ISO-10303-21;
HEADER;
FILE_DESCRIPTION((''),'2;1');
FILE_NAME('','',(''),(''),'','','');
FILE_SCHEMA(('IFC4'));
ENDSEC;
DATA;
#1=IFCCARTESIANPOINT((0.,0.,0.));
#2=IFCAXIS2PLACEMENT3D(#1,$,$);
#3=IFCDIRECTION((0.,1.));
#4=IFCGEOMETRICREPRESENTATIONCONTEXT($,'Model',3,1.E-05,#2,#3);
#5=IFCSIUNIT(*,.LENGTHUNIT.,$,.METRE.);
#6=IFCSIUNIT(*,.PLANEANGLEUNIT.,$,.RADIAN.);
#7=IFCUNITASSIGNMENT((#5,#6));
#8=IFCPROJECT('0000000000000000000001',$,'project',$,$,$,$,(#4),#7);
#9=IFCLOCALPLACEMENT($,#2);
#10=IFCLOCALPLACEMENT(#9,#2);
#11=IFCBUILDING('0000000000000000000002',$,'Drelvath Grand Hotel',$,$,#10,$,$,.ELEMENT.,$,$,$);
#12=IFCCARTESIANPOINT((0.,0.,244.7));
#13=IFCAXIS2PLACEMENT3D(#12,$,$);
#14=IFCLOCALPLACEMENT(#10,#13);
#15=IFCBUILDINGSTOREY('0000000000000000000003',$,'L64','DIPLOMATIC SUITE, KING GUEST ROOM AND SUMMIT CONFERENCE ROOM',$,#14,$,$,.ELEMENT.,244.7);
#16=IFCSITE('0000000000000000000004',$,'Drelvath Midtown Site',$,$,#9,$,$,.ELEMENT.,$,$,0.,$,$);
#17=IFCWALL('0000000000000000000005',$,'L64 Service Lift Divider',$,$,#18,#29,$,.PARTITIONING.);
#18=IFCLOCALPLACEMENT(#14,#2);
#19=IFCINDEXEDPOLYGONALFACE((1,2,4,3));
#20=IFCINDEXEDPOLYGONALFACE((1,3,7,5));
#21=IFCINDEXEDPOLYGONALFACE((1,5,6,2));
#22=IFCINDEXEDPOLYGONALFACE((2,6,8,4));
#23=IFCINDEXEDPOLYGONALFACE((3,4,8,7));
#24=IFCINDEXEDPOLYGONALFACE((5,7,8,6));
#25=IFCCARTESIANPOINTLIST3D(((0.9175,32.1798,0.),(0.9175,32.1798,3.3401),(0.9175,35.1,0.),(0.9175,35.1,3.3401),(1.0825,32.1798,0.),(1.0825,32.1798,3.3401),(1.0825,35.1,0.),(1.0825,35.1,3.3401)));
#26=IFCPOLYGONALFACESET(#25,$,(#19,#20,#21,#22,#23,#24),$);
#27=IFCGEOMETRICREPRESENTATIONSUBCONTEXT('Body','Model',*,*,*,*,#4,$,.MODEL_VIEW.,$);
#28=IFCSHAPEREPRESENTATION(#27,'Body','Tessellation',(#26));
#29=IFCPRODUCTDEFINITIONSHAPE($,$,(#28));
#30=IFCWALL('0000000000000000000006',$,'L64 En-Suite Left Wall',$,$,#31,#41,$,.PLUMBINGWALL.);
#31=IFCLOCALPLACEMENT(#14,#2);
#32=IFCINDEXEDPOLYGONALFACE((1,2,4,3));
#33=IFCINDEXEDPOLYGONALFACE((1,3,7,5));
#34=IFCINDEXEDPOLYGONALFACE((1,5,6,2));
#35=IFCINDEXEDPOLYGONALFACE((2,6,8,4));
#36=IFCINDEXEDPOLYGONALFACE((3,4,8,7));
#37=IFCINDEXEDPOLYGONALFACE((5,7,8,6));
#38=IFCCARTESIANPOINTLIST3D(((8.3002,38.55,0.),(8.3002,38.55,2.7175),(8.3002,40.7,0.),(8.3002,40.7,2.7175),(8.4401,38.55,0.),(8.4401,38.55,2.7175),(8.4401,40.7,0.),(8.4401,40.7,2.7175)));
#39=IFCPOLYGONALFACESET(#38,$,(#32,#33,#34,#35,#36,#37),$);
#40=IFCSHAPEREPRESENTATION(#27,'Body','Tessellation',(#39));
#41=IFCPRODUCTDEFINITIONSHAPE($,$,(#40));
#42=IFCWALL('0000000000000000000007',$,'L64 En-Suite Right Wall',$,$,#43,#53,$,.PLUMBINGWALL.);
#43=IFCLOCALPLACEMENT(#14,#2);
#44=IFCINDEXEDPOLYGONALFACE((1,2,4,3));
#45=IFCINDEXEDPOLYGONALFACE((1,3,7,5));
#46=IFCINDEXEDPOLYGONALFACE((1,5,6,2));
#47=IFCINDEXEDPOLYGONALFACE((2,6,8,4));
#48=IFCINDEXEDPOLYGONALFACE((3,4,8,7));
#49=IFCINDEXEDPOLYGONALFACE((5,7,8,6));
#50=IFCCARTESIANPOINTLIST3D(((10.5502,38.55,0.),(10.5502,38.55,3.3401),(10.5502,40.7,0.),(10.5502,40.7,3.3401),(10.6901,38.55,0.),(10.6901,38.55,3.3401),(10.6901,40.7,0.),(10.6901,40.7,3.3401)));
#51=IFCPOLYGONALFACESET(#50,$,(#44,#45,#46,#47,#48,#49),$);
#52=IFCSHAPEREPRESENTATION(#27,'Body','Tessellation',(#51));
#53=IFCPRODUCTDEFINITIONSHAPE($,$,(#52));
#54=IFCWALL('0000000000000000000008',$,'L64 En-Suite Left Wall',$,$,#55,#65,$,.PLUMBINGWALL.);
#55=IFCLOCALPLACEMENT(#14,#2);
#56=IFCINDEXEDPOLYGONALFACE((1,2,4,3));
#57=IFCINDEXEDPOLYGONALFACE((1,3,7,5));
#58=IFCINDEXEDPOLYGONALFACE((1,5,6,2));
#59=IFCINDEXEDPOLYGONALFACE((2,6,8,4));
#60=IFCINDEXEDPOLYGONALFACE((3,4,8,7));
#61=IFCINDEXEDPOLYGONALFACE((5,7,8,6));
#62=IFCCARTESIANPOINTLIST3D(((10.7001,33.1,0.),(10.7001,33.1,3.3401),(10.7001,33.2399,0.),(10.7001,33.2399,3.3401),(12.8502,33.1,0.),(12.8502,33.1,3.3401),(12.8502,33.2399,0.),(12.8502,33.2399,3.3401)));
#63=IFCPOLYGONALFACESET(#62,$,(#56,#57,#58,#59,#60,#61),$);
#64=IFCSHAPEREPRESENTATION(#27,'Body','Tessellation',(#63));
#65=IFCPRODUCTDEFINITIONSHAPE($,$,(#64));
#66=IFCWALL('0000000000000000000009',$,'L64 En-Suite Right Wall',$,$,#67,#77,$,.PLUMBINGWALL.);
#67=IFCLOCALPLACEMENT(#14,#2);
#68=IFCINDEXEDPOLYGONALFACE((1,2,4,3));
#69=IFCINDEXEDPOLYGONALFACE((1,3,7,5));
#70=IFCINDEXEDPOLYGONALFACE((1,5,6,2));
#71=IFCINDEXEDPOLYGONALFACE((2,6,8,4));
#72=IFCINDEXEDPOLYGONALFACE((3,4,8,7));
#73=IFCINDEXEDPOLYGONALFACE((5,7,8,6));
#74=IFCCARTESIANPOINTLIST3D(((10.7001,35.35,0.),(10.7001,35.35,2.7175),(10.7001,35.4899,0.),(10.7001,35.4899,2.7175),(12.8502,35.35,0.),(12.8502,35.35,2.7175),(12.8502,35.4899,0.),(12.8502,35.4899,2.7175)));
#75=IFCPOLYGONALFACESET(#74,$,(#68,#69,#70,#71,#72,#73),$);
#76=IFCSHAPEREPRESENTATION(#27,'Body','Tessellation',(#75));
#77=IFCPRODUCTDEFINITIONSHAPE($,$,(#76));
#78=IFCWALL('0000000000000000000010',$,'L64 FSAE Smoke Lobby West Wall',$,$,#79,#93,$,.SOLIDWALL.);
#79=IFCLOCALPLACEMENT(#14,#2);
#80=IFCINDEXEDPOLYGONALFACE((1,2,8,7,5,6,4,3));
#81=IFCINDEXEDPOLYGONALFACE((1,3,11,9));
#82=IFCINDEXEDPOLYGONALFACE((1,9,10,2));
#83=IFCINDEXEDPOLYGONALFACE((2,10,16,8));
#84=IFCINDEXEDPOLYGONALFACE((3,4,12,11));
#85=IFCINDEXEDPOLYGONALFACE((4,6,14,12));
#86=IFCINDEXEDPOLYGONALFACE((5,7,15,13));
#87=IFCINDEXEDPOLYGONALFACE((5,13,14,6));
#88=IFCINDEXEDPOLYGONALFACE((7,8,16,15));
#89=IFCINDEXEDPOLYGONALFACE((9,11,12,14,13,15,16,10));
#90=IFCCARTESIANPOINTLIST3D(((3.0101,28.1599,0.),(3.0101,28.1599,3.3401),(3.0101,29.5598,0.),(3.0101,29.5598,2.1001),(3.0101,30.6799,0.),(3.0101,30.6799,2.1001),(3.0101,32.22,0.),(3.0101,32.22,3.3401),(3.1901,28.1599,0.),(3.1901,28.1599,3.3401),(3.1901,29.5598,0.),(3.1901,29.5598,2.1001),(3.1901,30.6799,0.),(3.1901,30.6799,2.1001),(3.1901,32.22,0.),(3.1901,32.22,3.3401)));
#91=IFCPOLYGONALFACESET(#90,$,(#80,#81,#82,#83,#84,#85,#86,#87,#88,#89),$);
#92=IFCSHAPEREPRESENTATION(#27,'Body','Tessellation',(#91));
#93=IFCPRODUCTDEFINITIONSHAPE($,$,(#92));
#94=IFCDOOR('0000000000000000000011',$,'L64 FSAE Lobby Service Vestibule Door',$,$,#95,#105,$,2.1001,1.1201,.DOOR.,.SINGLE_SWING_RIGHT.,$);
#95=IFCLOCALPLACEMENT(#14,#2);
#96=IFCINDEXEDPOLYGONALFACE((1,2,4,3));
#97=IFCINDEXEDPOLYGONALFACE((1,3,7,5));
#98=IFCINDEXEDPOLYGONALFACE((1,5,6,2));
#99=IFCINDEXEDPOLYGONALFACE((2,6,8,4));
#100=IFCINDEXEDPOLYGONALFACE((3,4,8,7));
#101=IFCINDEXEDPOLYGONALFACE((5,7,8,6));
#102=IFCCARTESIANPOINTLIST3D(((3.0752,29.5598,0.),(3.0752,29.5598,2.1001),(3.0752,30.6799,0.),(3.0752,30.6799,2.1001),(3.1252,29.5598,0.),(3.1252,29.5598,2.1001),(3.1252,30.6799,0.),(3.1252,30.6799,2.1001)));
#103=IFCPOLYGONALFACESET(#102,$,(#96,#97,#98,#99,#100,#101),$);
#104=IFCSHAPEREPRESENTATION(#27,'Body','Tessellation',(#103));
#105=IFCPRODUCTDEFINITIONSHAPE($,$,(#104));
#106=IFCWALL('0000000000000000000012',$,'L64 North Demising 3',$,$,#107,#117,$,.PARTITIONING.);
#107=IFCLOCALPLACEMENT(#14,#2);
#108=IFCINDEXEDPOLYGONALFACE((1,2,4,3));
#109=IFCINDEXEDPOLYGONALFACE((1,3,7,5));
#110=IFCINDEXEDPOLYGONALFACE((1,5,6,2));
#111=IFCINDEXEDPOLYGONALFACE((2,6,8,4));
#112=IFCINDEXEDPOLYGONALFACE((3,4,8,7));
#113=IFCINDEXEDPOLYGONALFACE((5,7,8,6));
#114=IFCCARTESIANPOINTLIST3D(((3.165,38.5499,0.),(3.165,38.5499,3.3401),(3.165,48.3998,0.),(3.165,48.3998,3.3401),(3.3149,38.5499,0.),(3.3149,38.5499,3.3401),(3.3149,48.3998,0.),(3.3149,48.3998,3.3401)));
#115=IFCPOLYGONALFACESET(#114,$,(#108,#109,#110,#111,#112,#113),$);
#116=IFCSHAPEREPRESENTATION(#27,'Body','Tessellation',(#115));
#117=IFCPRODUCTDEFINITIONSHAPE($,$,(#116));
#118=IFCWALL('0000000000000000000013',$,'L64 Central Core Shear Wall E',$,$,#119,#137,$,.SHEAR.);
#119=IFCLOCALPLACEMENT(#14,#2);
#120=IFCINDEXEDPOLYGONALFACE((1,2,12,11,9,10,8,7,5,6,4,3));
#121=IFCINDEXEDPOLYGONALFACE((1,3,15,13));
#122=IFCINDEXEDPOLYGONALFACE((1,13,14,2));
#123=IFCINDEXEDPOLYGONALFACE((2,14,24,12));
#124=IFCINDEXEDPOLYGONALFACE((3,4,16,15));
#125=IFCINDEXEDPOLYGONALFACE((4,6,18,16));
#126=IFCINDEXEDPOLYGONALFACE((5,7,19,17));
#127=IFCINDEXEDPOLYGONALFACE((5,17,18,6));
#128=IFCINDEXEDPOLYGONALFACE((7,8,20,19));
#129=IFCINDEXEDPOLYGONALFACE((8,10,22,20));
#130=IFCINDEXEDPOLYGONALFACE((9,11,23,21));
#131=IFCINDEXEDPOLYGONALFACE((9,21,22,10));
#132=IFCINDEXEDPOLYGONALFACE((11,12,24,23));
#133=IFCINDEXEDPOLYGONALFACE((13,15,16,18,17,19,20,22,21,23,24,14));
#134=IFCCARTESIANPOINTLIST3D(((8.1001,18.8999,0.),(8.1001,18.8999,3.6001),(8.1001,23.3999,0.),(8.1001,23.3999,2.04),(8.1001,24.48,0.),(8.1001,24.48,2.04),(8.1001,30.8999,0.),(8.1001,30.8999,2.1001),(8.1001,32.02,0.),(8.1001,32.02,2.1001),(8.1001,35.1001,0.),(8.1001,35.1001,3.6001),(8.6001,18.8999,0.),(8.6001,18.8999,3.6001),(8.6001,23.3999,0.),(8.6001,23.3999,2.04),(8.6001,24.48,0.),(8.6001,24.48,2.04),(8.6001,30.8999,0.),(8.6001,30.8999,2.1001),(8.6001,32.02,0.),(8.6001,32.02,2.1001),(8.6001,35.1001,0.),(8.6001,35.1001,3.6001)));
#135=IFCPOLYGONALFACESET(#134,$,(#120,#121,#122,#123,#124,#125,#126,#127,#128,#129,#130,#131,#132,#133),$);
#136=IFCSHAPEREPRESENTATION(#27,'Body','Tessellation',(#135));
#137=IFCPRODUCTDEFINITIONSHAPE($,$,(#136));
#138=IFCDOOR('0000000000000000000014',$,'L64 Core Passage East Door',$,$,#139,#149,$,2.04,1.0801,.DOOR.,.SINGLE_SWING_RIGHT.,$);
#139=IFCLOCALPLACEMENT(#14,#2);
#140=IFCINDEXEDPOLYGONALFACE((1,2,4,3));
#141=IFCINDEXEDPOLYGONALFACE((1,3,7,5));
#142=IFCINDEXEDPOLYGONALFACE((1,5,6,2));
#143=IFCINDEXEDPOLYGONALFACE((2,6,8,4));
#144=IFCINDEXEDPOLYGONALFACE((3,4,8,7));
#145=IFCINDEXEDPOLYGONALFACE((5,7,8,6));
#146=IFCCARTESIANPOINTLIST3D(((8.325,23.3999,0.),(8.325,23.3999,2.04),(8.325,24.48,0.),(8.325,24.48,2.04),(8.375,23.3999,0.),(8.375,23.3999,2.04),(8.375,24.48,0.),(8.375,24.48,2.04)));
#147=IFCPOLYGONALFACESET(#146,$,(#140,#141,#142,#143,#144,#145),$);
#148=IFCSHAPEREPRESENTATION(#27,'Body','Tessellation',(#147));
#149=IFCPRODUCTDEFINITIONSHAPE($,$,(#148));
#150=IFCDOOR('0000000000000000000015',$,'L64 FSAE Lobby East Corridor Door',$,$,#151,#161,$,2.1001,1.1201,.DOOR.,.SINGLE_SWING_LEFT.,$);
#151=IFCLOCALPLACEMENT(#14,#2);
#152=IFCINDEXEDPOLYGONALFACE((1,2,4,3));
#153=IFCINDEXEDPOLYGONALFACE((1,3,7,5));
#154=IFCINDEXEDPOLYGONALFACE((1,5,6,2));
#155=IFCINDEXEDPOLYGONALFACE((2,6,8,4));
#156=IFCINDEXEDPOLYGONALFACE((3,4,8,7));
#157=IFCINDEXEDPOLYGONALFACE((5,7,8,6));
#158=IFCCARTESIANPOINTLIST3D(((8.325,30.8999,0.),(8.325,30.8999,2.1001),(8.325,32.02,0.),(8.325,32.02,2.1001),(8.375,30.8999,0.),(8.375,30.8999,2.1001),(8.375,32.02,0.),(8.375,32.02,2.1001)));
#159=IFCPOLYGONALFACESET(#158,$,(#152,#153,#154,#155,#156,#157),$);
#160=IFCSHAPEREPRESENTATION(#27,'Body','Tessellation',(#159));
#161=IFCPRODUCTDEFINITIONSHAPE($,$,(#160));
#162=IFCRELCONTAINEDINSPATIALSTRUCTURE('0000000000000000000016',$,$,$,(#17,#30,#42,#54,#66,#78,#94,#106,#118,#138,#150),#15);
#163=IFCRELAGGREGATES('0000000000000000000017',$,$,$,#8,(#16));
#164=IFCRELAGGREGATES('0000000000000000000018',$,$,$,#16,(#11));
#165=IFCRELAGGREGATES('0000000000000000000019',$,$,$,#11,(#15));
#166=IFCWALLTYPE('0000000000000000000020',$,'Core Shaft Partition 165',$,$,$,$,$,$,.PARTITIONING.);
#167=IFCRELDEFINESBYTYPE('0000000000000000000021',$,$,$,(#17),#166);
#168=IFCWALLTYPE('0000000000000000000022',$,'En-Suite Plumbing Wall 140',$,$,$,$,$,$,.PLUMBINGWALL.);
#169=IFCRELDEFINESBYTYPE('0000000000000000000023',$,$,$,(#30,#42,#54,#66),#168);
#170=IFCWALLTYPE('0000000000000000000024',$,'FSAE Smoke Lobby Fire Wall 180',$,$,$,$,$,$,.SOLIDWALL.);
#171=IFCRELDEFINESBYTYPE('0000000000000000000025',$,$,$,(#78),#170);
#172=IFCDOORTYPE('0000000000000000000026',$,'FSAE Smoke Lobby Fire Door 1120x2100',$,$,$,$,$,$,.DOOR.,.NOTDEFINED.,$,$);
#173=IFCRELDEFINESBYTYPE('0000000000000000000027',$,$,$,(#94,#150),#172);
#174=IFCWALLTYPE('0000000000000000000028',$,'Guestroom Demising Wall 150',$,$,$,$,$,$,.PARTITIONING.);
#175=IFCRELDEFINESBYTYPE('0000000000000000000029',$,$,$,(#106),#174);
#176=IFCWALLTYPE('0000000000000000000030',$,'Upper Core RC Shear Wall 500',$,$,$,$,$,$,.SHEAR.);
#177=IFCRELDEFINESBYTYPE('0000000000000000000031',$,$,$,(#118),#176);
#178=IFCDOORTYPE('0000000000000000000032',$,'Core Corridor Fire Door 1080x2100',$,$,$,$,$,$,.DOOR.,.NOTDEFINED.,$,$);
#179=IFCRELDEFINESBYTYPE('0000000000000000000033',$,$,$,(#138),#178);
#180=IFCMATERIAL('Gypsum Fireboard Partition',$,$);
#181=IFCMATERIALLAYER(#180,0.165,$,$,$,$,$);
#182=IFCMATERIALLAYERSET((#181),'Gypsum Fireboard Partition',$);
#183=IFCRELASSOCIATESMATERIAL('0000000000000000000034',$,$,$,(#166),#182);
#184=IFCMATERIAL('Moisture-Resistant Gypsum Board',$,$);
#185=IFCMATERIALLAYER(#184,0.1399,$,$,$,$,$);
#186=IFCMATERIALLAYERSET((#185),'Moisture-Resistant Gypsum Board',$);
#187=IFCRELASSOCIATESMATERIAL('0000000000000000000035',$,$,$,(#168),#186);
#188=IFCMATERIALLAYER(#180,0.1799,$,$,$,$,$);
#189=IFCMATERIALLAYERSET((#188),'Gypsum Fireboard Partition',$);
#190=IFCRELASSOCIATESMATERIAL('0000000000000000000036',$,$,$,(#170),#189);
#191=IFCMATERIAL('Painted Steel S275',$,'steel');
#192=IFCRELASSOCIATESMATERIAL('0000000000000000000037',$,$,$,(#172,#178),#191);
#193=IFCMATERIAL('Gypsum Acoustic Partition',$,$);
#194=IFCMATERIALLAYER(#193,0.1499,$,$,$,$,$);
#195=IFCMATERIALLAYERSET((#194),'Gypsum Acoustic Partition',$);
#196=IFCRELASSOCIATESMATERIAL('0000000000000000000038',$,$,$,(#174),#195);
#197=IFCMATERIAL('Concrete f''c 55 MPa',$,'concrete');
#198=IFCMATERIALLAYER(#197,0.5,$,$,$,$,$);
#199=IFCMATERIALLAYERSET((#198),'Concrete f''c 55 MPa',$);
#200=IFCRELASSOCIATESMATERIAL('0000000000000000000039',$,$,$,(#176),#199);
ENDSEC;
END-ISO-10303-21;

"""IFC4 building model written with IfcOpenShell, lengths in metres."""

from ifc_helpers import new_model, si_unit, direction, frame, frame_2d, origin, place, context, subcontext, project, spatial, rectangle, extrude, material, layer, layer_set, type_object, element, fill, save


model = new_model("IFC4")

# Units and contexts
model_context = context("Model", 3, precision=1e-05, world=origin(), true_north=direction((0.0, 1.0)))
body_context = subcontext(model_context, "Body", "Model", "MODEL_VIEW")
ifc_project = project(units=[si_unit("LENGTHUNIT", "METRE"), si_unit("PLANEANGLEUNIT", "RADIAN")], contexts=[model_context])

# Site, building, storey
site_placement = place(None, origin())
site = spatial("IfcSite", under=ifc_project, at=site_placement, Name="Drelvath Midtown Site", CompositionType="ELEMENT", RefElevation=0.0)
building_placement = place(site_placement, origin())
building = spatial("IfcBuilding", under=site, at=building_placement, Name="Drelvath Grand Hotel", CompositionType="ELEMENT")
storey_placement = place(building_placement, frame((0.0, 0.0, 244.7)))
storey = spatial("IfcBuildingStorey", under=building, at=storey_placement, Name="L64", Description="DIPLOMATIC SUITE, KING GUEST ROOM AND SUMMIT CONFERENCE ROOM", CompositionType="ELEMENT", Elevation=244.7)

# Shared definitions
ifc_material_1 = material(Name="Concrete f'c 55 MPa", Category="concrete")

# Shared definitions
ifc_material_2 = material(Name="Painted Steel S275", Category="steel")

# Walls
ifc_material_3 = material(Name="Gypsum Fireboard Partition")
ifc_layer_1 = layer(ifc_material_3, 0.165)
ifc_layer_set_1 = layer_set([ifc_layer_1], Name="Gypsum Fireboard Partition")
wall_type_1 = type_object("IfcWallType", Name="Core Shaft Partition 165", PredefinedType="PARTITIONING", material=ifc_layer_set_1)
wall_1_placement = place(storey_placement, frame((1.0, 32.1799, 0.0), z_axis=(0.0, 0.0, 1.0), x_axis=(0.0, 1.0, 0.0)))
element("IfcWall", 1, at=wall_1_placement, inside=storey, type_object=wall_type_1, Name="L64 Service Lift Divider", PredefinedType="PARTITIONING", context=body_context, shape_type="SweptSolid", body=[
    extrude(rectangle(XDim=2.9202, YDim=0.165, at=frame_2d((1.46, 0.0))), origin(), (0.0, 0.0, 1.0), 3.3401),
])
ifc_material_4 = material(Name="Moisture-Resistant Gypsum Board")
ifc_layer_2 = layer(ifc_material_4, 0.1399)
ifc_layer_set_2 = layer_set([ifc_layer_2], Name="Moisture-Resistant Gypsum Board")
wall_type_2 = type_object("IfcWallType", Name="En-Suite Plumbing Wall 140", PredefinedType="PLUMBINGWALL", material=ifc_layer_set_2)
wall_2_placement = place(storey_placement, frame((8.3701, 38.55, 0.0), z_axis=(0.0, 0.0, 1.0), x_axis=(0.0, 1.0, 0.0)))
element("IfcWall", 2, at=wall_2_placement, inside=storey, type_object=wall_type_2, Name="L64 En-Suite Left Wall", PredefinedType="PLUMBINGWALL", context=body_context, shape_type="SweptSolid", body=[
    extrude(rectangle(XDim=2.1499, YDim=0.1399, at=frame_2d((1.075, 0.0))), origin(), (0.0, 0.0, 1.0), 2.7175),
])
wall_3_placement = place(storey_placement, frame((10.6201, 38.55, 0.0), z_axis=(0.0, 0.0, 1.0), x_axis=(0.0, 1.0, 0.0)))
element("IfcWall", 3, at=wall_3_placement, inside=storey, type_object=wall_type_2, Name="L64 En-Suite Right Wall", PredefinedType="PLUMBINGWALL", context=body_context, shape_type="SweptSolid", body=[
    extrude(rectangle(XDim=2.1499, YDim=0.1399, at=frame_2d((1.075, 0.0))), origin(), (0.0, 0.0, 1.0), 3.3401),
])
wall_4_placement = place(storey_placement, frame((10.7, 33.1699, 0.0), z_axis=(0.0, 0.0, 1.0), x_axis=(1.0, 0.0, 0.0)))
element("IfcWall", 4, at=wall_4_placement, inside=storey, type_object=wall_type_2, Name="L64 En-Suite Left Wall", PredefinedType="PLUMBINGWALL", context=body_context, shape_type="SweptSolid", body=[
    extrude(rectangle(XDim=2.1501, YDim=0.1399, at=frame_2d((1.0752, 0.0))), origin(), (0.0, 0.0, 1.0), 3.3401),
])
wall_5_placement = place(storey_placement, frame((10.7, 35.4199, 0.0), z_axis=(0.0, 0.0, 1.0), x_axis=(1.0, 0.0, 0.0)))
element("IfcWall", 5, at=wall_5_placement, inside=storey, type_object=wall_type_2, Name="L64 En-Suite Right Wall", PredefinedType="PLUMBINGWALL", context=body_context, shape_type="SweptSolid", body=[
    extrude(rectangle(XDim=2.1501, YDim=0.1399, at=frame_2d((1.0752, 0.0))), origin(), (0.0, 0.0, 1.0), 2.7175),
])

# Wall, opening, door
ifc_layer_3 = layer(ifc_material_3, 0.1799)
ifc_layer_set_3 = layer_set([ifc_layer_3], Name="Gypsum Fireboard Partition")
wall_type_3 = type_object("IfcWallType", Name="FSAE Smoke Lobby Fire Wall 180", PredefinedType="SOLIDWALL", material=ifc_layer_set_3)
wall_6_placement = place(storey_placement, frame((3.1001, 28.1599, 0.0), z_axis=(0.0, 0.0, 1.0), x_axis=(0.0, 1.0, 0.0)))
wall_6 = element("IfcWall", 6, at=wall_6_placement, inside=storey, type_object=wall_type_3, Name="L64 FSAE Smoke Lobby West Wall", PredefinedType="SOLIDWALL", context=body_context, shape_type="SweptSolid", body=[
    extrude(rectangle(XDim=4.0601, YDim=0.1799, at=frame_2d((2.03, 0.0))), origin(), (0.0, 0.0, 1.0), 3.3401),
])
opening_1_placement = place(wall_6_placement, frame((1.3999, 0.0, 0.0)))
opening_1 = element("IfcOpeningElement", 7, at=opening_1_placement, cuts=wall_6, PredefinedType="OPENING", context=body_context, shape_type="SweptSolid", body=[
    extrude(rectangle(XDim=1.1201, YDim=2.1001, at=frame_2d((0.5601, 1.05))), frame((0.0, 0.0999, 0.0), z_axis=(0.0, -1.0, 0.0), x_axis=(1.0, 0.0, 0.0)), (0.0, 0.0, 1.0), 0.2),
])
door_type_1 = type_object("IfcDoorType", Name="FSAE Smoke Lobby Fire Door 1120x2100", OperationType="NOTDEFINED", PredefinedType="DOOR", material=ifc_material_2)
door_1_placement = place(opening_1_placement, origin())
door_1 = element("IfcDoor", 8, at=door_1_placement, inside=storey, type_object=door_type_1, Name="L64 FSAE Lobby Service Vestibule Door", OperationType="SINGLE_SWING_RIGHT", OverallHeight=2.1001, OverallWidth=1.1201, PredefinedType="DOOR", context=body_context, shape_type="SweptSolid", body=[
    extrude(rectangle(XDim=1.1201, YDim=2.1001, at=frame_2d((0.5601, 1.05))), frame((0.0, 0.0249, 0.0), z_axis=(0.0, -1.0, 0.0), x_axis=(1.0, 0.0, 0.0)), (0.0, 0.0, 1.0), 0.05),
])
fill(opening_1, door_1)

# Wall
ifc_material_5 = material(Name="Gypsum Acoustic Partition")
ifc_layer_4 = layer(ifc_material_5, 0.1499)
ifc_layer_set_4 = layer_set([ifc_layer_4], Name="Gypsum Acoustic Partition")
wall_type_4 = type_object("IfcWallType", Name="Guestroom Demising Wall 150", PredefinedType="PARTITIONING", material=ifc_layer_set_4)
wall_7_placement = place(storey_placement, frame((3.24, 38.55, 0.0), z_axis=(0.0, 0.0, 1.0), x_axis=(0.0, 1.0, 0.0)))
element("IfcWall", 9, at=wall_7_placement, inside=storey, type_object=wall_type_4, Name="L64 North Demising 3", PredefinedType="PARTITIONING", context=body_context, shape_type="SweptSolid", body=[
    extrude(rectangle(XDim=9.8499, YDim=0.1499, at=frame_2d((4.9248, 0.0))), origin(), (0.0, 0.0, 1.0), 3.3401),
])

# Wall, openings, doors
ifc_layer_5 = layer(ifc_material_1, 0.5)
ifc_layer_set_5 = layer_set([ifc_layer_5], Name="Concrete f'c 55 MPa")
wall_type_5 = type_object("IfcWallType", Name="Upper Core RC Shear Wall 500", PredefinedType="SHEAR", material=ifc_layer_set_5)
wall_8_placement = place(storey_placement, frame((8.3501, 35.1001, 0.0), z_axis=(0.0, 0.0, 1.0), x_axis=(0.0, -1.0, 0.0)))
wall_8 = element("IfcWall", 10, at=wall_8_placement, inside=storey, type_object=wall_type_5, Name="L64 Central Core Shear Wall E", PredefinedType="SHEAR", context=body_context, shape_type="SweptSolid", body=[
    extrude(rectangle(XDim=16.2002, YDim=0.5, at=frame_2d((8.1001, 0.0))), origin(), (0.0, 0.0, 1.0), 3.6001),
])
opening_2_placement = place(wall_8_placement, frame((3.0801, 0.0, 0.0)))
opening_2 = element("IfcOpeningElement", 11, at=opening_2_placement, cuts=wall_8, PredefinedType="OPENING", context=body_context, shape_type="SweptSolid", body=[
    extrude(rectangle(XDim=1.1201, YDim=2.1001, at=frame_2d((0.5601, 1.05))), frame((0.0, 0.26, 0.0), z_axis=(0.0, -1.0, 0.0), x_axis=(1.0, 0.0, 0.0)), (0.0, 0.0, 1.0), 0.52),
])
opening_3_placement = place(wall_8_placement, frame((10.6201, 0.0, 0.0)))
opening_3 = element("IfcOpeningElement", 12, at=opening_3_placement, cuts=wall_8, PredefinedType="OPENING", context=body_context, shape_type="SweptSolid", body=[
    extrude(rectangle(XDim=1.0801, YDim=2.04, at=frame_2d((0.54, 1.02))), frame((0.0, 0.26, 0.0), z_axis=(0.0, -1.0, 0.0), x_axis=(1.0, 0.0, 0.0)), (0.0, 0.0, 1.0), 0.52),
])
door_type_2 = type_object("IfcDoorType", Name="Core Corridor Fire Door 1080x2100", OperationType="NOTDEFINED", PredefinedType="DOOR", material=ifc_material_2)
door_2_placement = place(opening_3_placement, origin())
door_2 = element("IfcDoor", 13, at=door_2_placement, inside=storey, type_object=door_type_2, Name="L64 Core Passage East Door", OperationType="SINGLE_SWING_RIGHT", OverallHeight=2.04, OverallWidth=1.0801, PredefinedType="DOOR", context=body_context, shape_type="SweptSolid", body=[
    extrude(rectangle(XDim=1.0801, YDim=2.04, at=frame_2d((0.54, 1.02))), frame((0.0, 0.0249, 0.0), z_axis=(0.0, -1.0, 0.0), x_axis=(1.0, 0.0, 0.0)), (0.0, 0.0, 1.0), 0.05),
])
fill(opening_3, door_2)
door_3_placement = place(opening_2_placement, origin())
door_3 = element("IfcDoor", 14, at=door_3_placement, inside=storey, type_object=door_type_1, Name="L64 FSAE Lobby East Corridor Door", OperationType="SINGLE_SWING_LEFT", OverallHeight=2.1001, OverallWidth=1.1201, PredefinedType="DOOR", context=body_context, shape_type="SweptSolid", body=[
    extrude(rectangle(XDim=1.1201, YDim=2.1001, at=frame_2d((0.5601, 1.05))), frame((0.0, 0.0249, 0.0), z_axis=(0.0, -1.0, 0.0), x_axis=(1.0, 0.0, 0.0)), (0.0, 0.0, 1.0), 0.05),
])
fill(opening_2, door_3)

save(model, "model.ifc")
